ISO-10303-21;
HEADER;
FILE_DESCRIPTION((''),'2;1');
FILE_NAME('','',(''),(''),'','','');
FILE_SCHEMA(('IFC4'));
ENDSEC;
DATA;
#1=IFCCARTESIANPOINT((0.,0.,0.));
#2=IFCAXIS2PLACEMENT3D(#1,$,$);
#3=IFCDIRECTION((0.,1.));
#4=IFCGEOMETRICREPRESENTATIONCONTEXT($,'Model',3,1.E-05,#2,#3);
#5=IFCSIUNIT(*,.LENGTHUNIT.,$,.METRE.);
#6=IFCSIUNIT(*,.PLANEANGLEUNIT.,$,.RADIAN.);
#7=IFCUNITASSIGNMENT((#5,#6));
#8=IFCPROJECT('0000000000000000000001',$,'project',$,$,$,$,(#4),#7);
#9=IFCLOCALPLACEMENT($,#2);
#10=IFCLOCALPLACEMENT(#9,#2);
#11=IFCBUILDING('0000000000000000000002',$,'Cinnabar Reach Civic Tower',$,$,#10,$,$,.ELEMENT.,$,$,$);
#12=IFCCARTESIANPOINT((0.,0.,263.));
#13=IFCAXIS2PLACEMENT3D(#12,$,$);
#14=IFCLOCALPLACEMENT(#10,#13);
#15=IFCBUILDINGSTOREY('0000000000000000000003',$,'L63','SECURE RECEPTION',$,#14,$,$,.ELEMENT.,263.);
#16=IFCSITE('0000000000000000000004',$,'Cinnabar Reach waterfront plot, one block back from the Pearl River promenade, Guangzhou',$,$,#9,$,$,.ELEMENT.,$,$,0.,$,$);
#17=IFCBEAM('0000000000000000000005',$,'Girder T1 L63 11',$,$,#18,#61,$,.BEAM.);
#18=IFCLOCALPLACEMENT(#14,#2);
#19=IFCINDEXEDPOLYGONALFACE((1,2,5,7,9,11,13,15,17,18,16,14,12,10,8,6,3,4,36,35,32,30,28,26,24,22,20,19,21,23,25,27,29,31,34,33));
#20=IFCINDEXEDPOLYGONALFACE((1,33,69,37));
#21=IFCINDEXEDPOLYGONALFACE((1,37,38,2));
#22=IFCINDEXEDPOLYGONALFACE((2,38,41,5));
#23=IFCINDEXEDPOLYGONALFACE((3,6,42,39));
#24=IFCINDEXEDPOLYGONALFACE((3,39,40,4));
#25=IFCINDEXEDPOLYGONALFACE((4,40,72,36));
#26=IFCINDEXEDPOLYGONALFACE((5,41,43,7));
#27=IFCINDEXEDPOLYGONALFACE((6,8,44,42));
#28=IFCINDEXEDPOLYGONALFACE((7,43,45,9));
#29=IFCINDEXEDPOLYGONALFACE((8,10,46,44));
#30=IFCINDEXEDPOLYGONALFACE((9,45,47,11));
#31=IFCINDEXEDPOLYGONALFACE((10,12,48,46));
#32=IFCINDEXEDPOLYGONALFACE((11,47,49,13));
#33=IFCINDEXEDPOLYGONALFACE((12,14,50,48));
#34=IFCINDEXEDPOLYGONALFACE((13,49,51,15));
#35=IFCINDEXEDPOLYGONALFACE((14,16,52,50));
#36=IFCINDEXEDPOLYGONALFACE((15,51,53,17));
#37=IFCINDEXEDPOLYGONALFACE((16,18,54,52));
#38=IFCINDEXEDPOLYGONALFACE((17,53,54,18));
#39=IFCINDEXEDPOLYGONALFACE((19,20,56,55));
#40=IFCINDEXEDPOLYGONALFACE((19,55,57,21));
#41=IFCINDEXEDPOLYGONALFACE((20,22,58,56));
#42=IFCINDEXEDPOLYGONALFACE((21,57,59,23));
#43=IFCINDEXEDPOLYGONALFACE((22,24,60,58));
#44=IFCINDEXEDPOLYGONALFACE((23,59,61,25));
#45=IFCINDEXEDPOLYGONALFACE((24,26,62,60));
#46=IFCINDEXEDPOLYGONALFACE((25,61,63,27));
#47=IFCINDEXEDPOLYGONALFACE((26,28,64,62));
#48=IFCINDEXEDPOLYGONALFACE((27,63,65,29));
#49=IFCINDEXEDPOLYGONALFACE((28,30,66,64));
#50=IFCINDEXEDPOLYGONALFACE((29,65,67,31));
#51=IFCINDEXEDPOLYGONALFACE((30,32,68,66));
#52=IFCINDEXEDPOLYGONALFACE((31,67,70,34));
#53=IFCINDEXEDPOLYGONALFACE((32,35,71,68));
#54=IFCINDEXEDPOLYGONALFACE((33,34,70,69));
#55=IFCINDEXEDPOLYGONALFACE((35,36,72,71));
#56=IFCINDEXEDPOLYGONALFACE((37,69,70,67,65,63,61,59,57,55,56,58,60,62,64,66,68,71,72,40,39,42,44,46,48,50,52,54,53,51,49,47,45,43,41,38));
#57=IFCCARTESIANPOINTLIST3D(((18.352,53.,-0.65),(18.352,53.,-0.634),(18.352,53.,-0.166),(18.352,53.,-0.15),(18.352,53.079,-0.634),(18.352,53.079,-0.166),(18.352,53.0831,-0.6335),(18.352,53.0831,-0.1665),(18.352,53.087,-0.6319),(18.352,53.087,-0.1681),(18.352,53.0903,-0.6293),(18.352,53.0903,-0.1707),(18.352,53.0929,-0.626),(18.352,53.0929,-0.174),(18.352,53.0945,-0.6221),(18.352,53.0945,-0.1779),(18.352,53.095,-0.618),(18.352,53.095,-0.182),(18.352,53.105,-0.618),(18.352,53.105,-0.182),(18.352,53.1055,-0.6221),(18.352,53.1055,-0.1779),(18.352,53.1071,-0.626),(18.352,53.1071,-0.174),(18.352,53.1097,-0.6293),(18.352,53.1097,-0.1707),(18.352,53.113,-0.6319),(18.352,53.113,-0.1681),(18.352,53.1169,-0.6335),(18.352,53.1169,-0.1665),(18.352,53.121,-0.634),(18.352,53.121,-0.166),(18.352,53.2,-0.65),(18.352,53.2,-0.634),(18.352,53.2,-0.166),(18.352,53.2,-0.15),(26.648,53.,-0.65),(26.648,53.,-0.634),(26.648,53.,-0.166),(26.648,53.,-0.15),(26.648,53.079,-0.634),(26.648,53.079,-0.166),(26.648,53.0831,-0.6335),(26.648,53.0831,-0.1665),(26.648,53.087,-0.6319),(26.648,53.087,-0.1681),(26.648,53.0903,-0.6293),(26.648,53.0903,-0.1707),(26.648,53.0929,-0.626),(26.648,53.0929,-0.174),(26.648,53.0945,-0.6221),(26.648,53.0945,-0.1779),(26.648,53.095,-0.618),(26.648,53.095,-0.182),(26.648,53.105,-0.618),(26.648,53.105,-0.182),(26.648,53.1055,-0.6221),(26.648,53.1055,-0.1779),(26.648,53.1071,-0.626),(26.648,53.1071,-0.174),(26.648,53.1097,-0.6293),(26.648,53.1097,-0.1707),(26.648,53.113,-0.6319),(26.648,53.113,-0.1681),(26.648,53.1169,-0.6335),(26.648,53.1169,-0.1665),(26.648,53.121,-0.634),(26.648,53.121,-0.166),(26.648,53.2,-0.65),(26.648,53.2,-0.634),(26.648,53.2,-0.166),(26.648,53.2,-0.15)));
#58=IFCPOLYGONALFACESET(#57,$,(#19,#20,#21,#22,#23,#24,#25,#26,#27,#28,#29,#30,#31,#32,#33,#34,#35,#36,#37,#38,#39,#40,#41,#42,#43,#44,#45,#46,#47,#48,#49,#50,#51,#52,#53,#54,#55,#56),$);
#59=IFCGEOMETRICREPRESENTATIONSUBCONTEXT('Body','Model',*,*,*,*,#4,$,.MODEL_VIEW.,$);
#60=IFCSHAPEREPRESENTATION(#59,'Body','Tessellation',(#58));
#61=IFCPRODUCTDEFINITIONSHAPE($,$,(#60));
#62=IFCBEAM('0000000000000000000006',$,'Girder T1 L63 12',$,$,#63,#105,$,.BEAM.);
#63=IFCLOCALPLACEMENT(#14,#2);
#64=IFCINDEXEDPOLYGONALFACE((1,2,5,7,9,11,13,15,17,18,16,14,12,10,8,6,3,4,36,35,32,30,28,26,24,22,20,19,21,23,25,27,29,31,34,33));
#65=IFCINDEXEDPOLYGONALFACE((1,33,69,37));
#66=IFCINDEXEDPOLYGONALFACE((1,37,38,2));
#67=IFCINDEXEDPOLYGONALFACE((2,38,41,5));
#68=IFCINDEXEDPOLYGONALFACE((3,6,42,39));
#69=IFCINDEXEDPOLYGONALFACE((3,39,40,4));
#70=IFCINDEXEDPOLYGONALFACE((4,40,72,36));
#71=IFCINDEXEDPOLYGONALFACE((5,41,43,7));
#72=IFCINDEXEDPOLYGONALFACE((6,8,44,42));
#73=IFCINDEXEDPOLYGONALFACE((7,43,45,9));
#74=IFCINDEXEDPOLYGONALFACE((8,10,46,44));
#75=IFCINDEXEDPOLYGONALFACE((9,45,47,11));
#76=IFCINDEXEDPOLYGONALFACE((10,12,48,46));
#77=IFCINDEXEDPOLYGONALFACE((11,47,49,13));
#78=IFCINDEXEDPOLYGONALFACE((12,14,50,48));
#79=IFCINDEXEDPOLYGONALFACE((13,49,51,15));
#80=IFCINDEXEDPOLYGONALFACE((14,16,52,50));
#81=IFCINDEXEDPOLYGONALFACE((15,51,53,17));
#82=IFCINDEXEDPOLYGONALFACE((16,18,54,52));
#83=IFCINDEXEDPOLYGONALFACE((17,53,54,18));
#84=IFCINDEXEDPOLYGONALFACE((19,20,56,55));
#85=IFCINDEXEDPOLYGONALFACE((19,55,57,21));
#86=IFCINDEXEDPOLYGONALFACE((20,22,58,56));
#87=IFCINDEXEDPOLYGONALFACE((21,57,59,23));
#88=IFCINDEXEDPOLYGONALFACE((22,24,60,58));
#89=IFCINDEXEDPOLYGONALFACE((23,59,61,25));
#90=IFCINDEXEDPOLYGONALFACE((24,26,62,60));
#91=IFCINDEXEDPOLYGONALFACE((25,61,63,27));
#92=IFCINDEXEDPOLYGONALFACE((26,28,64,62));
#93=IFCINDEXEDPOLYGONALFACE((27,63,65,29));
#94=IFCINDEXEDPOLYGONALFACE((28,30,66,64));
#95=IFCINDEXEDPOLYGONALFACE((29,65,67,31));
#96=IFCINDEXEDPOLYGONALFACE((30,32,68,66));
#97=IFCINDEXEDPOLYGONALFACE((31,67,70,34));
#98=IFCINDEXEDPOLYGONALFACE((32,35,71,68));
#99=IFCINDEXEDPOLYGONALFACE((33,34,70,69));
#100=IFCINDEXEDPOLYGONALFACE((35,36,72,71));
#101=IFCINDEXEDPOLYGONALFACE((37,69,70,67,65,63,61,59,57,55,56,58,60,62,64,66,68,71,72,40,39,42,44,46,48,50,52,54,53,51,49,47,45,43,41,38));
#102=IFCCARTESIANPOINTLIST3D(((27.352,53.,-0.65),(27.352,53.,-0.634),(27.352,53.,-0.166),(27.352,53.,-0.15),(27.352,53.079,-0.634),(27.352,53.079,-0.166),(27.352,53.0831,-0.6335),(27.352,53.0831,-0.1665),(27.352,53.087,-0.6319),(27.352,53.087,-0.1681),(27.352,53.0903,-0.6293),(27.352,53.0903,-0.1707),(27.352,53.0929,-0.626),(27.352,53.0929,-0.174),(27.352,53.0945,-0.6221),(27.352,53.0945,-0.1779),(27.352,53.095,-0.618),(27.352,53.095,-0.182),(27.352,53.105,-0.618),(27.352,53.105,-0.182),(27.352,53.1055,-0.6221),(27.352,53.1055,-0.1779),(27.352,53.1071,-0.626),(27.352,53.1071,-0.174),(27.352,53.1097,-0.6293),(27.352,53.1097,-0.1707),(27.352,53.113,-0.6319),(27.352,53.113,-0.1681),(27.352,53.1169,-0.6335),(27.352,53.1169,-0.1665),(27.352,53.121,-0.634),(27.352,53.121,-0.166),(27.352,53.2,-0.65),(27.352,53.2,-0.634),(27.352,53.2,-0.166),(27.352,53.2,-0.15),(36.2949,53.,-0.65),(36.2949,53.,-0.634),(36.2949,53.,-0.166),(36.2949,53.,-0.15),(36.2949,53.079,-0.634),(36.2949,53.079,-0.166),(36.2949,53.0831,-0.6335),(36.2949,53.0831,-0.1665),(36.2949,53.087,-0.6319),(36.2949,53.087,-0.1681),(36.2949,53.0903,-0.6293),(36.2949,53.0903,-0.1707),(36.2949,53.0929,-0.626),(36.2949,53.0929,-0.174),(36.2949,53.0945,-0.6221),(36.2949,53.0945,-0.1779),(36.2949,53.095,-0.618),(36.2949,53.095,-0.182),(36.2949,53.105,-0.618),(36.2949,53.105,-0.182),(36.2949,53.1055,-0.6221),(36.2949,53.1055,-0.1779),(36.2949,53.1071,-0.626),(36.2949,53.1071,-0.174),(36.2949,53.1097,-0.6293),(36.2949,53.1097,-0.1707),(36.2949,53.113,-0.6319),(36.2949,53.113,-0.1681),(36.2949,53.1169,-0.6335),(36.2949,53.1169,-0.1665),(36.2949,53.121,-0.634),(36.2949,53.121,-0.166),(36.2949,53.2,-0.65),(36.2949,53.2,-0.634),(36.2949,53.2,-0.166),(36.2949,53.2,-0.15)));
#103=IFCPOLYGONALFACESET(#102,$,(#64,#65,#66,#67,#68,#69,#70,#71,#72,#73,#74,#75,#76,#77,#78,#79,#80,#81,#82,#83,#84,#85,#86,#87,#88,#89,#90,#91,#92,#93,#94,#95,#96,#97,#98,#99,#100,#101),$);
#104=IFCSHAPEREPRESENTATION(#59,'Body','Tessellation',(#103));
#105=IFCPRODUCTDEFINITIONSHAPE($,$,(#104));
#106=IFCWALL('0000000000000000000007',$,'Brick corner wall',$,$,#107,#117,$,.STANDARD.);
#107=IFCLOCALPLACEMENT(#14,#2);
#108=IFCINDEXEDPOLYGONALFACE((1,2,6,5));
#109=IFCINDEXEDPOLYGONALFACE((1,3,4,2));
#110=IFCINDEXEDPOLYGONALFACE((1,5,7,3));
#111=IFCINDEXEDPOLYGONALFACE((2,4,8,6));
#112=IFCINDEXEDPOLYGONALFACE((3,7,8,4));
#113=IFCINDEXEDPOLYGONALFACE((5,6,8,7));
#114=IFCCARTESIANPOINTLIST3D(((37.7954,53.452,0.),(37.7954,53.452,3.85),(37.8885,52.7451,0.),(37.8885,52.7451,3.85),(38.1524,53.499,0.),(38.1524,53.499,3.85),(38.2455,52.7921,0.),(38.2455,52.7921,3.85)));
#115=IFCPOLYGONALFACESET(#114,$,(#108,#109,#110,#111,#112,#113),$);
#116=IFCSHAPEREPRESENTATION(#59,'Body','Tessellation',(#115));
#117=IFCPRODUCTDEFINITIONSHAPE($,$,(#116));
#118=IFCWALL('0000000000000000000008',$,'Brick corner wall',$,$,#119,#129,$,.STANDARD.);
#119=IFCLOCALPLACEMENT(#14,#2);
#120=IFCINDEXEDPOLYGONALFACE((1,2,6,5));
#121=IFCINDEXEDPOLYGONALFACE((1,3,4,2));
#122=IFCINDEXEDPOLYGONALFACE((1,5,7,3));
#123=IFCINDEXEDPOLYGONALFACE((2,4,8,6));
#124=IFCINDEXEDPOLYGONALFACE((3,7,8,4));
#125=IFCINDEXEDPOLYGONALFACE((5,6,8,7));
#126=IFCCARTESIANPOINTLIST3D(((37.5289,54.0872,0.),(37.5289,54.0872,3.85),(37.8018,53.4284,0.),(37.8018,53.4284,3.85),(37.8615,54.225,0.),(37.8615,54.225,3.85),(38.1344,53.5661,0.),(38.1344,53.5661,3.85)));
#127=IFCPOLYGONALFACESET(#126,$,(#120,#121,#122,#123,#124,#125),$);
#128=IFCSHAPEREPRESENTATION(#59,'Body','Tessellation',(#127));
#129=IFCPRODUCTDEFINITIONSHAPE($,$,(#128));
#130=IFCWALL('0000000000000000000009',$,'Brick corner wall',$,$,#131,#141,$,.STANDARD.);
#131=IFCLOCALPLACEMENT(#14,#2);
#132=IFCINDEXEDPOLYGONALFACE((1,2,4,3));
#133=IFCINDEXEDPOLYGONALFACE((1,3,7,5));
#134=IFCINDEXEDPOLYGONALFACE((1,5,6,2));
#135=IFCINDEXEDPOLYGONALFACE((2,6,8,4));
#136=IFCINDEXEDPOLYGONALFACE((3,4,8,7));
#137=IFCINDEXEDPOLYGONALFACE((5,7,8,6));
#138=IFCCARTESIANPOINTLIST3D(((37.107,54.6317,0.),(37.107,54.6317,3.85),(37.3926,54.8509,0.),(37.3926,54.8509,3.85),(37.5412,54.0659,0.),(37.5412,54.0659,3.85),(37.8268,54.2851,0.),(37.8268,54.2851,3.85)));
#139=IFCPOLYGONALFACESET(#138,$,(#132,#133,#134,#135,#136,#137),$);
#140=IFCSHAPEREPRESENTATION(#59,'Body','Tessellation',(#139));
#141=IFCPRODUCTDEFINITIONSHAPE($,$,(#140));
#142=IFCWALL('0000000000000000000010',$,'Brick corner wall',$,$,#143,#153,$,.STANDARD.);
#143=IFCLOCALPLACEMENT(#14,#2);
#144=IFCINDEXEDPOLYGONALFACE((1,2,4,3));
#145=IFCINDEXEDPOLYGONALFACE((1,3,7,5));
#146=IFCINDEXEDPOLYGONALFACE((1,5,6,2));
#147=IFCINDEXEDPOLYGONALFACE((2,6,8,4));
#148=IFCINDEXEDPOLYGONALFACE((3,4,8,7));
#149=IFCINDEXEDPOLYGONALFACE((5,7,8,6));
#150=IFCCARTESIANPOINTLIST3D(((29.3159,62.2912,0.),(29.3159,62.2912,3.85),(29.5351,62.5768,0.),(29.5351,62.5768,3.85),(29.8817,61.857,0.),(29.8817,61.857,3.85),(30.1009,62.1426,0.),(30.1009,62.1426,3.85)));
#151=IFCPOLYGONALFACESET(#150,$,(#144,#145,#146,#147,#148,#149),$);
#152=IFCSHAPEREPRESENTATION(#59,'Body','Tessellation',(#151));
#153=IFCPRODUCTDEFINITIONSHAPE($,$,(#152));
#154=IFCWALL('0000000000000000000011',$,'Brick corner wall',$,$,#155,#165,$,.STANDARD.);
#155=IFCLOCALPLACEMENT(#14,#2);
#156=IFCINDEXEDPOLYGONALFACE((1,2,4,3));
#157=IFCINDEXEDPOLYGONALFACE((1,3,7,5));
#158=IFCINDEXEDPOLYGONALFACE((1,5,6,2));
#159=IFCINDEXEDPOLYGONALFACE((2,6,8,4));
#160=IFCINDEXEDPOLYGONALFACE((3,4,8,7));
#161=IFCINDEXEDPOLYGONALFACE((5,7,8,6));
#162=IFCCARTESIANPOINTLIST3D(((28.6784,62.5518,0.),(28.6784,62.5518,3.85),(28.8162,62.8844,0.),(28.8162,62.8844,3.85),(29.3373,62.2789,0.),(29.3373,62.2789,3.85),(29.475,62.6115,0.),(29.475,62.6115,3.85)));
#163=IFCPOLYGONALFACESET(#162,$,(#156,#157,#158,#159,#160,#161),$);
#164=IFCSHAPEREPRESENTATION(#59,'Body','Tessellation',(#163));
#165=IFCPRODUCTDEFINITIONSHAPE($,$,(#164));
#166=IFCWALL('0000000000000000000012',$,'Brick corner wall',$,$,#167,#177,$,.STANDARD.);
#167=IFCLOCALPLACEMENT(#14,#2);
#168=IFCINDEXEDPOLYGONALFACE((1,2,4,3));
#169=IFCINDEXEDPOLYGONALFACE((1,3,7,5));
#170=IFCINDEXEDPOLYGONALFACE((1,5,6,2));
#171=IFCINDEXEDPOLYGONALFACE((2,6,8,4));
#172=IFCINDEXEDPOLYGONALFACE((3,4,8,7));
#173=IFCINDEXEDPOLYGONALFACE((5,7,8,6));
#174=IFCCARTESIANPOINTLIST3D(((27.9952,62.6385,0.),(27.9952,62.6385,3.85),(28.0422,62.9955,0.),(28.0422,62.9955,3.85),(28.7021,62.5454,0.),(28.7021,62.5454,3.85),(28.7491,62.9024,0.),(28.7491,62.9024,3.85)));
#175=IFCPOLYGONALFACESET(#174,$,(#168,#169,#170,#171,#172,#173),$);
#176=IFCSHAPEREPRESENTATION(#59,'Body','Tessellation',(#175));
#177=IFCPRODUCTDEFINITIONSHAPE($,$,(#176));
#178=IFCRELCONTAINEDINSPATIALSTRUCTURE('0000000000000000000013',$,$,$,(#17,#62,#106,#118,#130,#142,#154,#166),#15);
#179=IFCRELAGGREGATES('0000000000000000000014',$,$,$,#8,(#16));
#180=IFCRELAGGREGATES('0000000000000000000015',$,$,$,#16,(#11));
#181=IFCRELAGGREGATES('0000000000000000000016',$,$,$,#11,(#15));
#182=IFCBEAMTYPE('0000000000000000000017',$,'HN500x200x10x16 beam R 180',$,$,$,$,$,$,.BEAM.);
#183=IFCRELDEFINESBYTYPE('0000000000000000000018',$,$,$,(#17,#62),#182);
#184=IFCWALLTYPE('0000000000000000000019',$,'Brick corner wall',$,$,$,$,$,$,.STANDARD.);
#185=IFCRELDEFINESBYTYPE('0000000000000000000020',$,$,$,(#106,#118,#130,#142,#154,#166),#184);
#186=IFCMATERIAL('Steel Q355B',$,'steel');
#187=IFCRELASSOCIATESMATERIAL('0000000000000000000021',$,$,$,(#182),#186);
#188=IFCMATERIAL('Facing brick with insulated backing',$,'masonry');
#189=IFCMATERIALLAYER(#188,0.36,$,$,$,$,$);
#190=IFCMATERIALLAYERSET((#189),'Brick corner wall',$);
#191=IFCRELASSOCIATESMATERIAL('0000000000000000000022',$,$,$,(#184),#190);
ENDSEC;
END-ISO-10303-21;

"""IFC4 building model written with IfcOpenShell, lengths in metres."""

from ifc_helpers import new_model, si_unit, direction, frame, frame_2d, origin, origin_2d, place, context, subcontext, project, spatial, rectangle, i_section, extrude, material, layer, layer_set, material_profile, profile_set, type_object, element, save


model = new_model("IFC4")

# Units and contexts
model_context = context("Model", 3, precision=1e-05, world=origin(), true_north=direction((0.0, 1.0)))
body_context = subcontext(model_context, "Body", "Model", "MODEL_VIEW")
ifc_project = project(units=[si_unit("LENGTHUNIT", "METRE"), si_unit("PLANEANGLEUNIT", "RADIAN")], contexts=[model_context])

# Site, building, storey
site_placement = place(None, origin())
site = spatial("IfcSite", under=ifc_project, at=site_placement, Name="Cinnabar Reach waterfront plot, one block back from the Pearl River promenade, Guangzhou", CompositionType="ELEMENT", RefElevation=0.0)
building_placement = place(site_placement, origin())
building = spatial("IfcBuilding", under=site, at=building_placement, Name="Cinnabar Reach Civic Tower", CompositionType="ELEMENT")
storey_placement = place(building_placement, frame((0.0, 0.0, 263.0)))
storey = spatial("IfcBuildingStorey", under=building, at=storey_placement, Name="L63", Description="SECURE RECEPTION", CompositionType="ELEMENT", Elevation=263.0)

# Beams
ifc_material_1 = material(Name="Steel Q355B", Category="steel")
ifc_material_profile_1 = material_profile(ifc_material_1, i_section(OverallWidth=0.2, OverallDepth=0.5, WebThickness=0.01, FlangeThickness=0.016, FilletRadius=0.016, at=origin_2d()), Name="HN500x200x10x16")
ifc_profile_set_1 = profile_set([ifc_material_profile_1], Name="Steel Q355B")
beam_type_1 = type_object("IfcBeamType", Name="HN500x200x10x16 beam R 180", PredefinedType="BEAM", material=ifc_profile_set_1)
beam_1_placement = place(storey_placement, frame((18.352, 53.1, -0.4), z_axis=(1.0, 0.0, 0.0), x_axis=(0.0, 1.0, 0.0)))
element("IfcBeam", 1, at=beam_1_placement, inside=storey, type_object=beam_type_1, Name="Girder T1 L63 11", PredefinedType="BEAM", context=body_context, shape_type="SweptSolid", body=[
    extrude(i_section(OverallWidth=0.2, OverallDepth=0.5, WebThickness=0.01, FlangeThickness=0.016, FilletRadius=0.016, at=origin_2d()), origin(), (0.0, 0.0, 1.0), 8.296),
])
beam_2_placement = place(storey_placement, frame((27.352, 53.1, -0.4), z_axis=(1.0, 0.0, 0.0), x_axis=(0.0, 1.0, 0.0)))
element("IfcBeam", 2, at=beam_2_placement, inside=storey, type_object=beam_type_1, Name="Girder T1 L63 12", PredefinedType="BEAM", context=body_context, shape_type="SweptSolid", body=[
    extrude(i_section(OverallWidth=0.2, OverallDepth=0.5, WebThickness=0.01, FlangeThickness=0.016, FilletRadius=0.016, at=origin_2d()), origin(), (0.0, 0.0, 1.0), 8.9429),
])

# Walls
ifc_material_2 = material(Name="Facing brick with insulated backing", Category="masonry")
ifc_layer_1 = layer(ifc_material_2, 0.36)
ifc_layer_set_1 = layer_set([ifc_layer_1], Name="Brick corner wall")
wall_type_1 = type_object("IfcWallType", Name="Brick corner wall", PredefinedType="STANDARD", material=ifc_layer_set_1)
for number, where, z_axis, x_axis, name in (
    (3, (38.067, 52.7686, 0.0), (0.0, 0.0, 1.0), (-0.130556, 0.991441, 0.0), "Brick corner wall"),
    (4, (37.9681, 53.4973, 0.0), (0.0, 0.0, 1.0), (-0.382703, 0.923872, 0.0), "Brick corner wall"),
):
    element("IfcWall", number, at=place(storey_placement, frame(where, z_axis=z_axis, x_axis=x_axis)), inside=storey, type_object=wall_type_1, Name=name, PredefinedType="STANDARD", context=body_context, shape_type="SweptSolid", body=[
        extrude(rectangle(XDim=0.7131, YDim=0.36, at=frame_2d((0.3565, 0.0))), origin(), (0.0, 0.0, 1.0), 3.85),
    ])
for number, where, z_axis, x_axis, name in (
    (5, (37.684, 54.1755, 0.0), (0.0, 0.0, 1.0), (-0.608802, 0.793322, 0.0), "Brick corner wall"),
    (6, (29.9913, 61.9998, 0.0), (0.0, 0.0, 1.0), (-0.793322, 0.608802, 0.0), "Brick corner wall"),
):
    element("IfcWall", number, at=place(storey_placement, frame(where, z_axis=z_axis, x_axis=x_axis)), inside=storey, type_object=wall_type_1, Name=name, PredefinedType="STANDARD", context=body_context, shape_type="SweptSolid", body=[
        extrude(rectangle(XDim=0.7132, YDim=0.36, at=frame_2d((0.3566, 0.0))), origin(), (0.0, 0.0, 1.0), 3.85),
    ])
for number, where, z_axis, x_axis, name in (
    (7, (29.4061, 62.4452, 0.0), (0.0, 0.0, 1.0), (-0.923872, 0.382703, 0.0), "Brick corner wall"),
    (8, (28.7256, 62.7239, 0.0), (0.0, 0.0, 1.0), (-0.991441, 0.130556, 0.0), "Brick corner wall"),
):
    element("IfcWall", number, at=place(storey_placement, frame(where, z_axis=z_axis, x_axis=x_axis)), inside=storey, type_object=wall_type_1, Name=name, PredefinedType="STANDARD", context=body_context, shape_type="SweptSolid", body=[
        extrude(rectangle(XDim=0.7131, YDim=0.36, at=frame_2d((0.3565, 0.0))), origin(), (0.0, 0.0, 1.0), 3.85),
    ])

save(model, "model.ifc")
